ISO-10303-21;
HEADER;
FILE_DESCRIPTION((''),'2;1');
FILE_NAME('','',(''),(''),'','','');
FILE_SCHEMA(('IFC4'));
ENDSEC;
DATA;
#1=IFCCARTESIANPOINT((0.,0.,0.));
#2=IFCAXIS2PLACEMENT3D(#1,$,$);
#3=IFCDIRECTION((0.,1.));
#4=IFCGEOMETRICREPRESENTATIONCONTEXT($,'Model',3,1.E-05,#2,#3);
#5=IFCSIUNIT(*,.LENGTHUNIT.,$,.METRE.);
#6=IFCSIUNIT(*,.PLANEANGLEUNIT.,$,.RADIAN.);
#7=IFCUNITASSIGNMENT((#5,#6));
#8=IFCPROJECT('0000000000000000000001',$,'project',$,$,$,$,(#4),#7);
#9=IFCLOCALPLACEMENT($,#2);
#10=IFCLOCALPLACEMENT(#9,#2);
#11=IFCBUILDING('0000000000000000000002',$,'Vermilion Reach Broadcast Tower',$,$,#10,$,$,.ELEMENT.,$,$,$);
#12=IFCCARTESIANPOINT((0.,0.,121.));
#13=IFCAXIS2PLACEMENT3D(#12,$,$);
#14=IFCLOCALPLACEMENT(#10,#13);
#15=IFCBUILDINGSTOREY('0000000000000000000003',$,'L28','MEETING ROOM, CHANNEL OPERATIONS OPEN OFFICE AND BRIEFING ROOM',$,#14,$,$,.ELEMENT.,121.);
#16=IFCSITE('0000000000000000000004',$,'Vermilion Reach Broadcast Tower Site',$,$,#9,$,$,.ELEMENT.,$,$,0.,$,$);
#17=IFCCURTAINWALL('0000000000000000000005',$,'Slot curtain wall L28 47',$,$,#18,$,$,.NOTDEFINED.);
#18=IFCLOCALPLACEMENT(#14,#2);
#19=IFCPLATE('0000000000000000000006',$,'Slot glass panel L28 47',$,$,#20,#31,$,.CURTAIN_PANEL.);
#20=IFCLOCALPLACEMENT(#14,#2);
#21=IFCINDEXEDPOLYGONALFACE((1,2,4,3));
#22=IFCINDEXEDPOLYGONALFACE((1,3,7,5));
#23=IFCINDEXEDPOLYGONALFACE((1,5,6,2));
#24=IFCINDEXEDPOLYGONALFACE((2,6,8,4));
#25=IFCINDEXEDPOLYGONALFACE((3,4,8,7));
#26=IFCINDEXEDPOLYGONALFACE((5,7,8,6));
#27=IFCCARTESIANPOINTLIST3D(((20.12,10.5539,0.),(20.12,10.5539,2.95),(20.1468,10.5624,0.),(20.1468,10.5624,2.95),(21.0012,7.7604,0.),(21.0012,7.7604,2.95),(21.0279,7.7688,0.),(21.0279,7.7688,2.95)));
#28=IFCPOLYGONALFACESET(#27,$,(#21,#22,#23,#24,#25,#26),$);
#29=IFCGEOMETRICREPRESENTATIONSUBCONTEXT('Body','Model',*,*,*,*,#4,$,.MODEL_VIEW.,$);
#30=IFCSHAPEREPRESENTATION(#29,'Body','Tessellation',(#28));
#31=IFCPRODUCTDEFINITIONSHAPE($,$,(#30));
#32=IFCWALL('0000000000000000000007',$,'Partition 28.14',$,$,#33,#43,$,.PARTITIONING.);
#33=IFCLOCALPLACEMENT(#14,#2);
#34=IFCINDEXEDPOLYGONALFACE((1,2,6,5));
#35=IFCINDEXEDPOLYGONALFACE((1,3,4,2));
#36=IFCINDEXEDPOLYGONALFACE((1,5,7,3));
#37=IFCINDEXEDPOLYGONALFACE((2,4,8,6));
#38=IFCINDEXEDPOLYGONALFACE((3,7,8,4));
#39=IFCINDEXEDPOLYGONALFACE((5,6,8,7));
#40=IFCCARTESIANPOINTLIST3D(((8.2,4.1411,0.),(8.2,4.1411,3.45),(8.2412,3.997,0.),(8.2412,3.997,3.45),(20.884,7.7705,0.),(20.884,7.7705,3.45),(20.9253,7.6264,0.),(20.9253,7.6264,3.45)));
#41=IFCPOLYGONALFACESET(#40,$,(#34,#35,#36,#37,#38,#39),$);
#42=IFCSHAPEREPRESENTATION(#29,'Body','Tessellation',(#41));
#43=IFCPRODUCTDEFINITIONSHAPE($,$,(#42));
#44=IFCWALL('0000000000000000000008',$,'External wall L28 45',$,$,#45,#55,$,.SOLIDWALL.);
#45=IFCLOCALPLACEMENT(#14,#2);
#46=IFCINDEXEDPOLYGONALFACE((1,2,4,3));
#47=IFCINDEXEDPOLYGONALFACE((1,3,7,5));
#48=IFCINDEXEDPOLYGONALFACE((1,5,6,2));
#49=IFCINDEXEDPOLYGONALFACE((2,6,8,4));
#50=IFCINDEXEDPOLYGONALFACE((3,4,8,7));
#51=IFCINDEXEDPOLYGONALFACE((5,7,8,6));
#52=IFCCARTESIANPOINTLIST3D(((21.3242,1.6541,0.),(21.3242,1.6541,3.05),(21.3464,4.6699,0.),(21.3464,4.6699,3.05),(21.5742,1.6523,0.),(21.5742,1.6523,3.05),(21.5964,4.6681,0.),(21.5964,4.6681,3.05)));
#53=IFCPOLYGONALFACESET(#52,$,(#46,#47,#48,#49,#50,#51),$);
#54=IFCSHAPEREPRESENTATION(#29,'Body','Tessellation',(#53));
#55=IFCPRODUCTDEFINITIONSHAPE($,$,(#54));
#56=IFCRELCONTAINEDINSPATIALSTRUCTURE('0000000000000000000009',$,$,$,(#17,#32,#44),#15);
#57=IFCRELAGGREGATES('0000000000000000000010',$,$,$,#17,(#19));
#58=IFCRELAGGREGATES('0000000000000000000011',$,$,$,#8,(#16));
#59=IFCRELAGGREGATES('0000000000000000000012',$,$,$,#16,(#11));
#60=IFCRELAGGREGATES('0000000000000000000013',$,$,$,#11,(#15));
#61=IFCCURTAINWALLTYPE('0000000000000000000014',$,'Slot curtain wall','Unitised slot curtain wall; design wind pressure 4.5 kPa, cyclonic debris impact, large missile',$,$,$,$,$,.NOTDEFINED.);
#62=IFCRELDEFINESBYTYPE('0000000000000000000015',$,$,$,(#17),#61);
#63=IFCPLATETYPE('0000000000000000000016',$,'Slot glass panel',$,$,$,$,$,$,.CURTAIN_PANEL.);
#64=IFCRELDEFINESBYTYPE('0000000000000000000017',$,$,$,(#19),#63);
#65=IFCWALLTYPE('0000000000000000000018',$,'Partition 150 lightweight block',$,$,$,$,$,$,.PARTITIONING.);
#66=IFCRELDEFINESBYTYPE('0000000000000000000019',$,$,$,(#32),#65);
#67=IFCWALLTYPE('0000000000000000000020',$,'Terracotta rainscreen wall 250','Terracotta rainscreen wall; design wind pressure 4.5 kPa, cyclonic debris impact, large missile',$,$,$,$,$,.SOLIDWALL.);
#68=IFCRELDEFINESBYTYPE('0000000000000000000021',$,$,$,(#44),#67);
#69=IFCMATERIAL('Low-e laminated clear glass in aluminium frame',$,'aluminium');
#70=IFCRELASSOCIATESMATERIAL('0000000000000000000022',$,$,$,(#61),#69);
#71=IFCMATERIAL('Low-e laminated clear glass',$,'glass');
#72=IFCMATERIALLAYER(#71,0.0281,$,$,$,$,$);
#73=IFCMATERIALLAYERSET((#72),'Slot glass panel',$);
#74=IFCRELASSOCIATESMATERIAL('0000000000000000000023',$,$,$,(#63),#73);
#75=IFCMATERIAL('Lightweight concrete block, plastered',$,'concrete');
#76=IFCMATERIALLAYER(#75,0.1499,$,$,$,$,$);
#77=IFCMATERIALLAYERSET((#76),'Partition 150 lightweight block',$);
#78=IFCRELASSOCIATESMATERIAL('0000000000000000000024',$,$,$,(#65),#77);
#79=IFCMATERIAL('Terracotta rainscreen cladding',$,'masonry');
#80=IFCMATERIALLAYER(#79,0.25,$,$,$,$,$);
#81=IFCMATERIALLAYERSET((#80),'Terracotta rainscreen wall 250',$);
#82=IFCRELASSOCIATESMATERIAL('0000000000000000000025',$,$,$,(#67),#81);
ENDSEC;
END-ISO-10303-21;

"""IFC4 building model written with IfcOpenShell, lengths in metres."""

from ifc_helpers import new_model, si_unit, direction, frame, frame_2d, origin, origin_2d, place, context, subcontext, project, spatial, rectangle, extrude, material, layer, layer_set, type_object, element, aggregate, save


model = new_model("IFC4")

# Units and contexts
model_context = context("Model", 3, precision=1e-05, world=origin(), true_north=direction((0.0, 1.0)))
body_context = subcontext(model_context, "Body", "Model", "MODEL_VIEW")
ifc_project = project(units=[si_unit("LENGTHUNIT", "METRE"), si_unit("PLANEANGLEUNIT", "RADIAN")], contexts=[model_context])

# Site, building, storey
site_placement = place(None, origin())
site = spatial("IfcSite", under=ifc_project, at=site_placement, Name="Vermilion Reach Broadcast Tower Site", CompositionType="ELEMENT", RefElevation=0.0)
building_placement = place(site_placement, origin())
building = spatial("IfcBuilding", under=site, at=building_placement, Name="Vermilion Reach Broadcast Tower", CompositionType="ELEMENT")
storey_placement = place(building_placement, frame((0.0, 0.0, 121.0)))
storey = spatial("IfcBuildingStorey", under=building, at=storey_placement, Name="L28", Description="MEETING ROOM, CHANNEL OPERATIONS OPEN OFFICE AND BRIEFING ROOM", CompositionType="ELEMENT", Elevation=121.0)

# Curtain wall
ifc_material_1 = material(Name="Low-e laminated clear glass in aluminium frame", Category="aluminium")
curtain_wall_type = type_object("IfcCurtainWallType", Name="Slot curtain wall", Description="Unitised slot curtain wall; design wind pressure 4.5 kPa, cyclonic debris impact, large missile", PredefinedType="NOTDEFINED", material=ifc_material_1)
placement = place(storey_placement, origin())
curtain_wall_1 = element("IfcCurtainWall", 1, at=placement, inside=storey, type_object=curtain_wall_type, Name="Slot curtain wall L28 47", PredefinedType="NOTDEFINED")

# Plate
ifc_material_2 = material(Name="Low-e laminated clear glass", Category="glass")
ifc_layer_1 = layer(ifc_material_2, 0.0281)
ifc_layer_set_1 = layer_set([ifc_layer_1], Name="Slot glass panel")
plate_type = type_object("IfcPlateType", Name="Slot glass panel", PredefinedType="CURTAIN_PANEL", material=ifc_layer_set_1)
plate_1_placement = place(storey_placement, frame((20.574, 9.1614, 0.0), z_axis=(0.0, 0.0, 1.0), x_axis=(-0.300819, 0.953681, 0.0)))
plate_1 = element("IfcPlate", 2, at=plate_1_placement, type_object=plate_type, Name="Slot glass panel L28 47", PredefinedType="CURTAIN_PANEL", context=body_context, shape_type="SweptSolid", body=[
    extrude(rectangle(XDim=2.9292, YDim=0.0281, at=origin_2d()), origin(), (0.0, 0.0, 1.0), 2.95),
])
aggregate(curtain_wall_1, [plate_1])

# Walls
ifc_material_3 = material(Name="Lightweight concrete block, plastered", Category="concrete")
ifc_layer_2 = layer(ifc_material_3, 0.1499)
ifc_layer_set_2 = layer_set([ifc_layer_2], Name="Partition 150 lightweight block")
wall_type_1 = type_object("IfcWallType", Name="Partition 150 lightweight block", PredefinedType="PARTITIONING", material=ifc_layer_set_2)
wall_1_placement = place(storey_placement, frame((20.9048, 7.6985, 0.0), z_axis=(0.0, 0.0, 1.0), x_axis=(-0.961416, -0.275097, 0.0)))
element("IfcWall", 3, at=wall_1_placement, inside=storey, type_object=wall_type_1, Name="Partition 28.14", PredefinedType="PARTITIONING", context=body_context, shape_type="SweptSolid", body=[
    extrude(rectangle(XDim=13.1931, YDim=0.1499, at=frame_2d((6.5967, 0.0))), origin(), (0.0, 0.0, 1.0), 3.45),
])
ifc_material_4 = material(Name="Terracotta rainscreen cladding", Category="masonry")
ifc_layer_3 = layer(ifc_material_4, 0.25)
ifc_layer_set_3 = layer_set([ifc_layer_3], Name="Terracotta rainscreen wall 250")
wall_type_2 = type_object("IfcWallType", Name="Terracotta rainscreen wall 250", Description="Terracotta rainscreen wall; design wind pressure 4.5 kPa, cyclonic debris impact, large missile", PredefinedType="SOLIDWALL", material=ifc_layer_set_3)
wall_2_placement = place(storey_placement, frame((21.4492, 1.6533, 0.0), z_axis=(0.0, 0.0, 1.0), x_axis=(0.007366, 0.999973, 0.0)))
element("IfcWall", 4, at=wall_2_placement, inside=storey, type_object=wall_type_2, Name="External wall L28 45", PredefinedType="SOLIDWALL", context=body_context, shape_type="SweptSolid", body=[
    extrude(rectangle(XDim=3.0159, YDim=0.25, at=frame_2d((1.5078, 0.0))), origin(), (0.0, 0.0, 1.0), 3.05),
])

save(model, "model.ifc")
